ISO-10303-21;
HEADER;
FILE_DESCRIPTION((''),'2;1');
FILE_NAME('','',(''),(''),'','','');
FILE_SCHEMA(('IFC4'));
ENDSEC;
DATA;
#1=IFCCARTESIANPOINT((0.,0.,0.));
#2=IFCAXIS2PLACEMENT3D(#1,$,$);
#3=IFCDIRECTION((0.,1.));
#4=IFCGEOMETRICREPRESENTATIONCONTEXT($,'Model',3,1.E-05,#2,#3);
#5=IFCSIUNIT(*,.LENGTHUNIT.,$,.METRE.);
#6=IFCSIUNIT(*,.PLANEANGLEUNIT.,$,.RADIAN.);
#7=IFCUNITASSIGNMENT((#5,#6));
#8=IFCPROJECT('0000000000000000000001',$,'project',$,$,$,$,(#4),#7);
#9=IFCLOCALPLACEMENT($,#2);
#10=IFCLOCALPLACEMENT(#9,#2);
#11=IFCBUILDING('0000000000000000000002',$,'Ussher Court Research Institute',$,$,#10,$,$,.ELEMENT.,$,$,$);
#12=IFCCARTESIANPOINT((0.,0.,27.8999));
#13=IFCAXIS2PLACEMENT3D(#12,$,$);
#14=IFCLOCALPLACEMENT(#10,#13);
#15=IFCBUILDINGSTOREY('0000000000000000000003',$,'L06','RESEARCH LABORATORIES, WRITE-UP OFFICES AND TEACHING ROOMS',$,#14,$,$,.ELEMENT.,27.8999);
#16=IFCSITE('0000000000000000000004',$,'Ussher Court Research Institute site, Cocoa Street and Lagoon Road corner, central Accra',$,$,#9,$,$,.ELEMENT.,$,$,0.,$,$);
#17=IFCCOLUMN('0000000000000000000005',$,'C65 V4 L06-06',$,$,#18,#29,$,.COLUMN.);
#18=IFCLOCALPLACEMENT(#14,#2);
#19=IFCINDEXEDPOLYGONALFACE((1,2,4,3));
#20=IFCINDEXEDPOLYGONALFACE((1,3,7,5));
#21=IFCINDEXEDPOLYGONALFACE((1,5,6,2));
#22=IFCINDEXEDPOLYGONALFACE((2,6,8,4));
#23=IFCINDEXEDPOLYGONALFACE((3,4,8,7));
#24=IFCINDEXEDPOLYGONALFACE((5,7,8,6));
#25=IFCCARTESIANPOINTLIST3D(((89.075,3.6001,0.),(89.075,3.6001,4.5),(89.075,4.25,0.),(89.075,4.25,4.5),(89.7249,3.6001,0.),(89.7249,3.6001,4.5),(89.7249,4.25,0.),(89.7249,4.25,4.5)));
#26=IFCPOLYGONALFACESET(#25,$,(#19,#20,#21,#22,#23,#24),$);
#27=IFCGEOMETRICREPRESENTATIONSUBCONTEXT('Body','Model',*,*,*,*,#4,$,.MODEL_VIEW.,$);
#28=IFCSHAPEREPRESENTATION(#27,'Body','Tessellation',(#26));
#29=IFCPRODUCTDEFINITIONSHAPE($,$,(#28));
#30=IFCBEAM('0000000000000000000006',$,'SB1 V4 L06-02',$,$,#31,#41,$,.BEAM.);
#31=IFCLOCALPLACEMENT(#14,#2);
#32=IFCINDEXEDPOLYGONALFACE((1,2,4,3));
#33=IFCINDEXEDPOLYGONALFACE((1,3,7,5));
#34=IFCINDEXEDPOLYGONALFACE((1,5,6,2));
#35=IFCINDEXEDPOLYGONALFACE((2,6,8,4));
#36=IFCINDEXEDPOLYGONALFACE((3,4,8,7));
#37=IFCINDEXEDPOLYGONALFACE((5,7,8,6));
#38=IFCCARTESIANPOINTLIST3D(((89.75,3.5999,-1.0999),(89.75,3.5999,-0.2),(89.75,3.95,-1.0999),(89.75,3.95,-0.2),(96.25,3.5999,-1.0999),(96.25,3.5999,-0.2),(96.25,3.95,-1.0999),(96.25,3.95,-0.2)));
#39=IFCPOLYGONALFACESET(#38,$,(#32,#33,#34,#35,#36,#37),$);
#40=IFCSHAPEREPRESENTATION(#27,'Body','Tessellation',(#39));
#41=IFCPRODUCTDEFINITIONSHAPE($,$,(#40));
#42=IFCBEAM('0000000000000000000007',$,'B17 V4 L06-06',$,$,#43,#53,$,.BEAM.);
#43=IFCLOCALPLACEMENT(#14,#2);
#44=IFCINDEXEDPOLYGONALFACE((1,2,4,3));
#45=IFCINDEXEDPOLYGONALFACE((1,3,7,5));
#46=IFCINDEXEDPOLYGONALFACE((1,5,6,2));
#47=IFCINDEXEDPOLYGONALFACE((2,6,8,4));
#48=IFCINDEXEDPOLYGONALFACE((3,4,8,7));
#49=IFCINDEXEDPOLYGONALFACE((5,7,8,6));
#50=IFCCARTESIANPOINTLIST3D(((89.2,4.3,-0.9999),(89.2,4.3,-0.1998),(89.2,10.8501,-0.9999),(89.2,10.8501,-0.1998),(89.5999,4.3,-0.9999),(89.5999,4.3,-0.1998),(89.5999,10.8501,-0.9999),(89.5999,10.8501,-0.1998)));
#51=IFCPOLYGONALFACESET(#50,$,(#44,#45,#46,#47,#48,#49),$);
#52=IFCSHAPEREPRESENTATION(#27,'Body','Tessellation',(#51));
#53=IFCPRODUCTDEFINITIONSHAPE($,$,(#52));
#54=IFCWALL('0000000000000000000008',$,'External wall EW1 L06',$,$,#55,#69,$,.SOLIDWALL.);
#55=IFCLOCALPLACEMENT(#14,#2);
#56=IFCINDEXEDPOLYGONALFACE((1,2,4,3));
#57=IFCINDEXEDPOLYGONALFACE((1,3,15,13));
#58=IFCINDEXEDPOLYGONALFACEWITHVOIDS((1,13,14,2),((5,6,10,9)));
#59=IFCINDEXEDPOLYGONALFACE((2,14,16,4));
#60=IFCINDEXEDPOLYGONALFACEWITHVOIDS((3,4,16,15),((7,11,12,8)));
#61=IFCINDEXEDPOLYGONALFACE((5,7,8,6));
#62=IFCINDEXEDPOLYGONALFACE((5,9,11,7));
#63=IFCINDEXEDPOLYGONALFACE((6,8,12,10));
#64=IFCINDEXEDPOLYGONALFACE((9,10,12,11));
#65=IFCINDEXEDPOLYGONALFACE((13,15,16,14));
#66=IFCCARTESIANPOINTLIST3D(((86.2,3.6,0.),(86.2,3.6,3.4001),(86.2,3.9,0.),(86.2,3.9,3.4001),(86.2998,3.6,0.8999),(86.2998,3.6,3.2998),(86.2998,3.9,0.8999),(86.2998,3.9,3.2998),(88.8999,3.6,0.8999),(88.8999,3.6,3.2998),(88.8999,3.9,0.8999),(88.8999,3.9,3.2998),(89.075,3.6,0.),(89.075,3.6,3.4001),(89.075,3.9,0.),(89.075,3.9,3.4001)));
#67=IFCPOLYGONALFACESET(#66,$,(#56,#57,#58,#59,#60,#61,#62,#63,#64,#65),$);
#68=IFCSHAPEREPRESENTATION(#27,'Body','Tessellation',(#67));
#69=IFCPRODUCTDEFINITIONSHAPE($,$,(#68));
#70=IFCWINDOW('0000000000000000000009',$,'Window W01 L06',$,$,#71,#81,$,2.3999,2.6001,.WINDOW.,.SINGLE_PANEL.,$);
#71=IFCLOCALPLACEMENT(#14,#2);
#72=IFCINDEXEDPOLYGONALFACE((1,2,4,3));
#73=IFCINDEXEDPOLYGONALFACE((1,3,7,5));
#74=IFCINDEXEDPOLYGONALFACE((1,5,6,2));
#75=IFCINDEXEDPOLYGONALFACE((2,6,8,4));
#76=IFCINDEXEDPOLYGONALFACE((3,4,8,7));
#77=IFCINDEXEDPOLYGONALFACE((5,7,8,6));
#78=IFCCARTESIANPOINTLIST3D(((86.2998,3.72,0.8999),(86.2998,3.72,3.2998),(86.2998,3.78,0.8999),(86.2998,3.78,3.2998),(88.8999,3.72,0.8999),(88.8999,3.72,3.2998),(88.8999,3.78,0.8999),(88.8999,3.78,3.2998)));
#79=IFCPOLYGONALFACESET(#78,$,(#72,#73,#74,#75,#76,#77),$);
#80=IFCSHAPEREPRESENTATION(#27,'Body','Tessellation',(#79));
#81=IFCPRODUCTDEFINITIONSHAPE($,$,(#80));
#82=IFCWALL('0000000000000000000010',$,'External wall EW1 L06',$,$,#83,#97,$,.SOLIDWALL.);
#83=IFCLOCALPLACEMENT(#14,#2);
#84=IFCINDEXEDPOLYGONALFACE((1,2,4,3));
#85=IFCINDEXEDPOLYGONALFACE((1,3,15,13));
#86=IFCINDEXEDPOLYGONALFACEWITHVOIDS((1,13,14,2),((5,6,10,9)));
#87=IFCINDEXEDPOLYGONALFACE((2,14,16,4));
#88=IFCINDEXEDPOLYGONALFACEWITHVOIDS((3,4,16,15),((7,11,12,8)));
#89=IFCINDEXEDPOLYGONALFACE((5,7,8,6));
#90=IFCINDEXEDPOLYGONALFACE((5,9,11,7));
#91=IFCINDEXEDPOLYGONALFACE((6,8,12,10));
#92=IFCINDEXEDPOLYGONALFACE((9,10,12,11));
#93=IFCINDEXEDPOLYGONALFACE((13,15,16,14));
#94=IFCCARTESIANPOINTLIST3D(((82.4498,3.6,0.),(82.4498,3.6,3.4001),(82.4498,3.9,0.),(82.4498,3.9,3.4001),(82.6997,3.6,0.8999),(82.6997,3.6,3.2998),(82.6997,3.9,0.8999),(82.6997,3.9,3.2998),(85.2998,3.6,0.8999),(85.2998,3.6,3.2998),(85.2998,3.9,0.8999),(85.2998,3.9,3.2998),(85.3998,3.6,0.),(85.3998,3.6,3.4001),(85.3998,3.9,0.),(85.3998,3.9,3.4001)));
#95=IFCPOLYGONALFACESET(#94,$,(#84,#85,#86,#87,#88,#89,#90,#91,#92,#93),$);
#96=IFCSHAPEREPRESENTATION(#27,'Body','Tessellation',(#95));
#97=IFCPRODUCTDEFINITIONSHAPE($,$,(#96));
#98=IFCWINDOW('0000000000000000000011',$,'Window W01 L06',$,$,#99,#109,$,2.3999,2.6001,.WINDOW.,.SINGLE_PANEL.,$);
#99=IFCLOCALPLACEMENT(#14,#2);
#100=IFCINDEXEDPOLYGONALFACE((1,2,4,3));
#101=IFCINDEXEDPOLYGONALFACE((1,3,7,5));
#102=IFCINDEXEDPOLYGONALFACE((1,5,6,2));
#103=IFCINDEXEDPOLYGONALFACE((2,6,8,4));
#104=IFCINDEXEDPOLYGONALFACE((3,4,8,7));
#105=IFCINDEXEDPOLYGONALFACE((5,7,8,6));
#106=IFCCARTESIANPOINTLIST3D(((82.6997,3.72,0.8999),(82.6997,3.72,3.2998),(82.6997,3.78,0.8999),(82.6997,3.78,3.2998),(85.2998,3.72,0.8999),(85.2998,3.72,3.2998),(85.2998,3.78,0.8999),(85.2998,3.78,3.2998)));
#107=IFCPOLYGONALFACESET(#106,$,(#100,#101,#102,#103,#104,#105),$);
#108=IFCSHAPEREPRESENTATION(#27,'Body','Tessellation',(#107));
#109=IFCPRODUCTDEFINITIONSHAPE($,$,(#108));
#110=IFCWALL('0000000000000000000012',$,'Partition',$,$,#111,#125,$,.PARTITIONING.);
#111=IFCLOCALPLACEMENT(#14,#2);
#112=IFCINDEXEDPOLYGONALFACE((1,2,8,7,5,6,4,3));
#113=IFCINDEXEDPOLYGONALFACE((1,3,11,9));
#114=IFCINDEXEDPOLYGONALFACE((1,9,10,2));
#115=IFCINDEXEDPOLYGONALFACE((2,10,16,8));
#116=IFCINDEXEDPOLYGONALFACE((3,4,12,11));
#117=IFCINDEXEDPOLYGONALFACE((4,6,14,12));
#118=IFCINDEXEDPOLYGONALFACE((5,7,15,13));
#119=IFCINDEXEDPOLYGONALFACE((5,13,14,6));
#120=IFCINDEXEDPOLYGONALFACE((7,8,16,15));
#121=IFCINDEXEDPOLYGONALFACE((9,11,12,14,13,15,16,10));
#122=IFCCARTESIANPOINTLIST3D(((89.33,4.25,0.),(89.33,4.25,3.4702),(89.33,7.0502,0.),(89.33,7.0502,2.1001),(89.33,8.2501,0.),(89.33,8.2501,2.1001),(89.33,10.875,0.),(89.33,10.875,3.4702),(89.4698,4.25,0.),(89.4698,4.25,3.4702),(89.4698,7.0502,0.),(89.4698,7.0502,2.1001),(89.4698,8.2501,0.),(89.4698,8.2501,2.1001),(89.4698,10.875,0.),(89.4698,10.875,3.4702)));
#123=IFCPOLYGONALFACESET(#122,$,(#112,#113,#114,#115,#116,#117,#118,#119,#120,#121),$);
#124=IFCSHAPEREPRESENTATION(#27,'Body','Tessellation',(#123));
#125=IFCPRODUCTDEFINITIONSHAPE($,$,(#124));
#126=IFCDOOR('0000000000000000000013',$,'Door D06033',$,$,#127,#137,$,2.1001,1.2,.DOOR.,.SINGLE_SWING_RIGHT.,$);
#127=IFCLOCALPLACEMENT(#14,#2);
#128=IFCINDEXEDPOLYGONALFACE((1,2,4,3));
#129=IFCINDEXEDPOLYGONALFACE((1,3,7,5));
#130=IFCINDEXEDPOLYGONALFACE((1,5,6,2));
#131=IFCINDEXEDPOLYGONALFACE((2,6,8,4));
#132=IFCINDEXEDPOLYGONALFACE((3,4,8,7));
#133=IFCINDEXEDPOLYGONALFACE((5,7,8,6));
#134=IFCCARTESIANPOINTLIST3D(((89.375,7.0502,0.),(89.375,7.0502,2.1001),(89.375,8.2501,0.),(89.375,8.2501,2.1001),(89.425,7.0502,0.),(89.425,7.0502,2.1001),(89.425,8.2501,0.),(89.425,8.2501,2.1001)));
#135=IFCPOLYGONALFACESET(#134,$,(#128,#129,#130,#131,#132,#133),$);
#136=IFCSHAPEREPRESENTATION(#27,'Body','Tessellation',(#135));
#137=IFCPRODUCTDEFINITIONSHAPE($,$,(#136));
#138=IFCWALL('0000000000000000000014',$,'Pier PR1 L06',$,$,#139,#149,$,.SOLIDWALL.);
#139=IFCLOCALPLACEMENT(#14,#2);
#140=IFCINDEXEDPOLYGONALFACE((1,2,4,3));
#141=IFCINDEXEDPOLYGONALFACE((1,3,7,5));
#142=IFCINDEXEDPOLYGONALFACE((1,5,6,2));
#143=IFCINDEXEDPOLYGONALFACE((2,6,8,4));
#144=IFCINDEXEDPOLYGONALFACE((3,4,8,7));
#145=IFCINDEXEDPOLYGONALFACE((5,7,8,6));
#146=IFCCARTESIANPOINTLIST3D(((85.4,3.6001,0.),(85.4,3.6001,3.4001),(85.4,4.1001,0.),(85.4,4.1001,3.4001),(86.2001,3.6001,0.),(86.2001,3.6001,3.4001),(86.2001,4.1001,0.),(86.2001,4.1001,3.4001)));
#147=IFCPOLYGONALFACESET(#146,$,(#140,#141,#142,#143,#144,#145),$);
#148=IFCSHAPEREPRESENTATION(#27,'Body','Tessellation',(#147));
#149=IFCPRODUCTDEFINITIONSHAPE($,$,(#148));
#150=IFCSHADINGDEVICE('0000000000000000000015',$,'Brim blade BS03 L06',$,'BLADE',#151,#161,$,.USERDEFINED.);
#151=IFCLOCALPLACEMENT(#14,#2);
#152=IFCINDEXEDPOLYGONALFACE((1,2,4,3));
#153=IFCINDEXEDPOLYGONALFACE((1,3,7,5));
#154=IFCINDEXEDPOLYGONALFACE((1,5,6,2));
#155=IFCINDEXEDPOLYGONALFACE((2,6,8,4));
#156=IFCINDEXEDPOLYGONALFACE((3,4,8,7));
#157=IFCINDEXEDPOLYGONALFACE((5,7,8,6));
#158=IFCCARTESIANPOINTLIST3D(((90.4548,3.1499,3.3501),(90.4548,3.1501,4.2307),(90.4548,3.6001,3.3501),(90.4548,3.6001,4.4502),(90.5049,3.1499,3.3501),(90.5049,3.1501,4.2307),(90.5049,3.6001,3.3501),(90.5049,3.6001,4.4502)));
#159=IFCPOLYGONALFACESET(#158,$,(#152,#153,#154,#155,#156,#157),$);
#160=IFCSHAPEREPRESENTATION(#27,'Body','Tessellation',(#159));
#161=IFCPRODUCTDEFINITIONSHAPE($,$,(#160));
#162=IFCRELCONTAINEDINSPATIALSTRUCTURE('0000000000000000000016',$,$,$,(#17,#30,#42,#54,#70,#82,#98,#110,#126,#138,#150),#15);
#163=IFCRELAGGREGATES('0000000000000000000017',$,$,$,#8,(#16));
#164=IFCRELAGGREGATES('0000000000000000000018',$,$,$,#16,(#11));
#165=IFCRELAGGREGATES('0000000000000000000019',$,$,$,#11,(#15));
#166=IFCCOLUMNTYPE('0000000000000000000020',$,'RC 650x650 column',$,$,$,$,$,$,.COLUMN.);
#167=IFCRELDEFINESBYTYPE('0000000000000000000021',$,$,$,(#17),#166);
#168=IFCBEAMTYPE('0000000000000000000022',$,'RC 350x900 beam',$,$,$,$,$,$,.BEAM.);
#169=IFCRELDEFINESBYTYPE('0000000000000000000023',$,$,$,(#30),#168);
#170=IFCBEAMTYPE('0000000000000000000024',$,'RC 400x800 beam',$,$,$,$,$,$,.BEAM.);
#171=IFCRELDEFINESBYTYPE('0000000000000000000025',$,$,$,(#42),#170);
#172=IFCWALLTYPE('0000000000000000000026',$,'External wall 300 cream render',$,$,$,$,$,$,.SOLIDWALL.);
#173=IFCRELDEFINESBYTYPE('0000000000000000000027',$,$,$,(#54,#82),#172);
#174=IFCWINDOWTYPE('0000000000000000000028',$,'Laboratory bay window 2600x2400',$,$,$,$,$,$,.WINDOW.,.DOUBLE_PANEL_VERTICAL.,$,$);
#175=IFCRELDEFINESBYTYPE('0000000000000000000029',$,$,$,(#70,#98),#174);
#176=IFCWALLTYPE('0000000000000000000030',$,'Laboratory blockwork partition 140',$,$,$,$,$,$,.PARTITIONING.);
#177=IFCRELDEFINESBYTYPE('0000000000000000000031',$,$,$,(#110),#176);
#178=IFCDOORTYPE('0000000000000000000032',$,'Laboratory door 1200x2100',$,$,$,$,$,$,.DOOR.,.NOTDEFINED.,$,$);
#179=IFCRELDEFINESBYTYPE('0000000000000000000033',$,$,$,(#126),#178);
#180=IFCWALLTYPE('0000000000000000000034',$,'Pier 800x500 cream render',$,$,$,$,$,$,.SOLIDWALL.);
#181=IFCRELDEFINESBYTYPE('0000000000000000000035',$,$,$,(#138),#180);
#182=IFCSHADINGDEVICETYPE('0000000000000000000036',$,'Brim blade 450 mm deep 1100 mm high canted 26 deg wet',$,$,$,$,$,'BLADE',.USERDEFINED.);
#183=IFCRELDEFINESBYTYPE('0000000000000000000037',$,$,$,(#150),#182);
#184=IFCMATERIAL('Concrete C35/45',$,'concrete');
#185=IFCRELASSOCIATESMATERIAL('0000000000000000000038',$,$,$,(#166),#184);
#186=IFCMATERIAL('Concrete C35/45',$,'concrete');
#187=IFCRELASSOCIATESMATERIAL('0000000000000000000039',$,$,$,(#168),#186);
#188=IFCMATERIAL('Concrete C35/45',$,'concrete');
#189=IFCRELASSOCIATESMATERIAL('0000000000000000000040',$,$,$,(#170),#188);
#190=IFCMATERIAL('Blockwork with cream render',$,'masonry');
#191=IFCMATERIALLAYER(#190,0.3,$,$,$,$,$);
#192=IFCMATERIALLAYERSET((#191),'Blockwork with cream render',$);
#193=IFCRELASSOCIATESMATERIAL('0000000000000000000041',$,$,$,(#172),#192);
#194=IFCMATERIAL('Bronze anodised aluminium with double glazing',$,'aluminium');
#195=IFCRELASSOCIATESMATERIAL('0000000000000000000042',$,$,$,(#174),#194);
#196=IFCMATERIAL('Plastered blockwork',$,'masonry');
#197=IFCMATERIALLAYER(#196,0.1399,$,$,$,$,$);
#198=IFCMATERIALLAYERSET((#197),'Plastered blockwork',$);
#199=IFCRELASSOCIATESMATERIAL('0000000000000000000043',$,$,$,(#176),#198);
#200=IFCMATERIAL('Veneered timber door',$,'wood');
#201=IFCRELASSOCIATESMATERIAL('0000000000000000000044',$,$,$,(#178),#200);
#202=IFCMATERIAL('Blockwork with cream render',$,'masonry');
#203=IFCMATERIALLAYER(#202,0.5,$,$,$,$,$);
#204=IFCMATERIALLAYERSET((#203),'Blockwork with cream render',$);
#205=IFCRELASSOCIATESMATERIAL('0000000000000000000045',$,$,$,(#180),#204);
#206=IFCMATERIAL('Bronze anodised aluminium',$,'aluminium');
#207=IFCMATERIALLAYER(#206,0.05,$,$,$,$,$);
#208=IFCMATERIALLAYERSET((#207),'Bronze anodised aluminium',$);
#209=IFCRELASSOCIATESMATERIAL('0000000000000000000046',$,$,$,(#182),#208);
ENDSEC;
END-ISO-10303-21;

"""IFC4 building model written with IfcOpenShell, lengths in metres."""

from ifc_helpers import new_model, si_unit, direction, frame, frame_2d, origin, origin_2d, place, context, subcontext, project, spatial, polyline, rectangle, outline, extrude, material, layer, layer_set, material_profile, profile_set, type_object, element, fill, save


model = new_model("IFC4")

# Units and contexts
model_context = context("Model", 3, precision=1e-05, world=origin(), true_north=direction((0.0, 1.0)))
body_context = subcontext(model_context, "Body", "Model", "MODEL_VIEW")
ifc_project = project(units=[si_unit("LENGTHUNIT", "METRE"), si_unit("PLANEANGLEUNIT", "RADIAN")], contexts=[model_context])

# Site, building, storey
site_placement = place(None, origin())
site = spatial("IfcSite", under=ifc_project, at=site_placement, Name="Ussher Court Research Institute site, Cocoa Street and Lagoon Road corner, central Accra", CompositionType="ELEMENT", RefElevation=0.0)
building_placement = place(site_placement, origin())
building = spatial("IfcBuilding", under=site, at=building_placement, Name="Ussher Court Research Institute", CompositionType="ELEMENT")
storey_placement = place(building_placement, frame((0.0, 0.0, 27.8999)))
storey = spatial("IfcBuildingStorey", under=building, at=storey_placement, Name="L06", Description="RESEARCH LABORATORIES, WRITE-UP OFFICES AND TEACHING ROOMS", CompositionType="ELEMENT", Elevation=27.8999)

# Column
ifc_material_1 = material(Name="Concrete C35/45", Category="concrete")
ifc_material_profile_1 = material_profile(ifc_material_1, rectangle(XDim=0.6499, YDim=0.6499, at=origin_2d()), Name="RC 650x650")
ifc_profile_set_1 = profile_set([ifc_material_profile_1], Name="Concrete C35/45")
column_type = type_object("IfcColumnType", Name="RC 650x650 column", PredefinedType="COLUMN", material=ifc_profile_set_1)
column_placement = place(storey_placement, frame((89.3999, 3.925, 0.0), z_axis=(0.0, 0.0, 1.0), x_axis=(1.0, 0.0, 0.0)))
element("IfcColumn", 1, at=column_placement, inside=storey, type_object=column_type, Name="C65 V4 L06-06", PredefinedType="COLUMN", context=body_context, shape_type="SweptSolid", body=[
    extrude(rectangle(XDim=0.6499, YDim=0.6499, at=origin_2d()), origin(), (0.0, 0.0, 1.0), 4.5),
])

# Beams
ifc_material_2 = material(Name="Concrete C35/45", Category="concrete")
ifc_material_profile_2 = material_profile(ifc_material_2, rectangle(XDim=0.3501, YDim=0.8999, at=origin_2d()), Name="RC 350x900")
ifc_profile_set_2 = profile_set([ifc_material_profile_2], Name="Concrete C35/45")
beam_type_1 = type_object("IfcBeamType", Name="RC 350x900 beam", PredefinedType="BEAM", material=ifc_profile_set_2)
beam_1_placement = place(storey_placement, frame((89.75, 3.7749, -0.6499), z_axis=(1.0, 0.0, 0.0), x_axis=(0.0, 1.0, 0.0)))
element("IfcBeam", 2, at=beam_1_placement, inside=storey, type_object=beam_type_1, Name="SB1 V4 L06-02", PredefinedType="BEAM", context=body_context, shape_type="SweptSolid", body=[
    extrude(rectangle(XDim=0.3501, YDim=0.8999, at=origin_2d()), origin(), (0.0, 0.0, 1.0), 6.5),
])
ifc_material_3 = material(Name="Concrete C35/45", Category="concrete")
ifc_material_profile_3 = material_profile(ifc_material_3, rectangle(XDim=0.3999, YDim=0.8, at=origin_2d()), Name="RC 400x800")
ifc_profile_set_3 = profile_set([ifc_material_profile_3], Name="Concrete C35/45")
beam_type_2 = type_object("IfcBeamType", Name="RC 400x800 beam", PredefinedType="BEAM", material=ifc_profile_set_3)
beam_2_placement = place(storey_placement, frame((89.3999, 4.3, -0.5999), z_axis=(0.0, 1.0, 0.0), x_axis=(-1.0, 0.0, 0.0)))
element("IfcBeam", 3, at=beam_2_placement, inside=storey, type_object=beam_type_2, Name="B17 V4 L06-06", PredefinedType="BEAM", context=body_context, shape_type="SweptSolid", body=[
    extrude(rectangle(XDim=0.3999, YDim=0.8, at=origin_2d()), origin(), (0.0, 0.0, 1.0), 6.55),
])

# Walls, openings, windows
ifc_material_4 = material(Name="Blockwork with cream render", Category="masonry")
ifc_layer_1 = layer(ifc_material_4, 0.3)
ifc_layer_set_1 = layer_set([ifc_layer_1], Name="Blockwork with cream render")
wall_type_1 = type_object("IfcWallType", Name="External wall 300 cream render", PredefinedType="SOLIDWALL", material=ifc_layer_set_1)
wall_1_placement = place(storey_placement, frame((89.075, 3.75, 0.0), z_axis=(0.0, 0.0, 1.0), x_axis=(-1.0, 0.0, 0.0)))
wall_1 = element("IfcWall", 4, at=wall_1_placement, inside=storey, type_object=wall_type_1, Name="External wall EW1 L06", PredefinedType="SOLIDWALL", context=body_context, shape_type="SweptSolid", body=[
    extrude(rectangle(XDim=2.875, YDim=0.3, at=frame_2d((1.4375, 0.0))), origin(), (0.0, 0.0, 1.0), 3.4001),
])
opening_1_placement = place(wall_1_placement, frame((0.175, 0.0, 0.8999)))
opening_1 = element("IfcOpeningElement", 5, at=opening_1_placement, cuts=wall_1, PredefinedType="OPENING", context=body_context, shape_type="SweptSolid", body=[
    extrude(rectangle(XDim=2.6001, YDim=2.3999, at=frame_2d((1.3, 1.2))), frame((0.0, 0.1602, 0.0), z_axis=(0.0, -1.0, 0.0), x_axis=(1.0, 0.0, 0.0)), (0.0, 0.0, 1.0), 0.3201),
])
ifc_material_5 = material(Name="Bronze anodised aluminium with double glazing", Category="aluminium")
window_type = type_object("IfcWindowType", Name="Laboratory bay window 2600x2400", PartitioningType="DOUBLE_PANEL_VERTICAL", PredefinedType="WINDOW", material=ifc_material_5)
window_1_placement = place(opening_1_placement, origin())
window_1 = element("IfcWindow", 6, at=window_1_placement, inside=storey, type_object=window_type, Name="Window W01 L06", OverallHeight=2.3999, OverallWidth=2.6001, PartitioningType="SINGLE_PANEL", PredefinedType="WINDOW", context=body_context, shape_type="SweptSolid", body=[
    extrude(rectangle(XDim=2.6001, YDim=2.3999, at=frame_2d((1.3, 1.2))), frame((0.0, 0.03, 0.0), z_axis=(0.0, -1.0, 0.0), x_axis=(1.0, 0.0, 0.0)), (0.0, 0.0, 1.0), 0.0601),
])
fill(opening_1, window_1)
wall_2_placement = place(storey_placement, frame((85.3999, 3.75, 0.0), z_axis=(0.0, 0.0, 1.0), x_axis=(-1.0, 0.0, 0.0)))
wall_2 = element("IfcWall", 7, at=wall_2_placement, inside=storey, type_object=wall_type_1, Name="External wall EW1 L06", PredefinedType="SOLIDWALL", context=body_context, shape_type="SweptSolid", body=[
    extrude(rectangle(XDim=2.95, YDim=0.3, at=frame_2d((1.4751, 0.0))), origin(), (0.0, 0.0, 1.0), 3.4001),
])
opening_2_placement = place(wall_2_placement, frame((0.1001, 0.0, 0.8999)))
opening_2 = element("IfcOpeningElement", 8, at=opening_2_placement, cuts=wall_2, PredefinedType="OPENING", context=body_context, shape_type="SweptSolid", body=[
    extrude(rectangle(XDim=2.6001, YDim=2.3999, at=frame_2d((1.3, 1.2))), frame((0.0, 0.1602, 0.0), z_axis=(0.0, -1.0, 0.0), x_axis=(1.0, 0.0, 0.0)), (0.0, 0.0, 1.0), 0.3201),
])
window_2_placement = place(opening_2_placement, origin())
window_2 = element("IfcWindow", 9, at=window_2_placement, inside=storey, type_object=window_type, Name="Window W01 L06", OverallHeight=2.3999, OverallWidth=2.6001, PartitioningType="SINGLE_PANEL", PredefinedType="WINDOW", context=body_context, shape_type="SweptSolid", body=[
    extrude(rectangle(XDim=2.6001, YDim=2.3999, at=frame_2d((1.3, 1.2))), frame((0.0, 0.03, 0.0), z_axis=(0.0, -1.0, 0.0), x_axis=(1.0, 0.0, 0.0)), (0.0, 0.0, 1.0), 0.0601),
])
fill(opening_2, window_2)

# Wall, opening, door
ifc_material_6 = material(Name="Plastered blockwork", Category="masonry")
ifc_layer_2 = layer(ifc_material_6, 0.1399)
ifc_layer_set_2 = layer_set([ifc_layer_2], Name="Plastered blockwork")
wall_type_2 = type_object("IfcWallType", Name="Laboratory blockwork partition 140", PredefinedType="PARTITIONING", material=ifc_layer_set_2)
wall_3_placement = place(storey_placement, frame((89.3999, 4.25, 0.0), z_axis=(0.0, 0.0, 1.0), x_axis=(0.0, 1.0, 0.0)))
wall_3 = element("IfcWall", 10, at=wall_3_placement, inside=storey, type_object=wall_type_2, Name="Partition", PredefinedType="PARTITIONING", context=body_context, shape_type="SweptSolid", body=[
    extrude(rectangle(XDim=6.625, YDim=0.1399, at=frame_2d((3.3125, 0.0))), origin(), (0.0, 0.0, 1.0), 3.4702),
])
opening_3_placement = place(wall_3_placement, frame((2.8, 0.0, 0.0)))
opening_3 = element("IfcOpeningElement", 11, at=opening_3_placement, cuts=wall_3, PredefinedType="OPENING", context=body_context, shape_type="SweptSolid", body=[
    extrude(rectangle(XDim=1.2, YDim=2.1001, at=frame_2d((0.6001, 1.05))), frame((0.0, 0.0801, 0.0), z_axis=(0.0, -1.0, 0.0), x_axis=(1.0, 0.0, 0.0)), (0.0, 0.0, 1.0), 0.1599),
])
ifc_material_7 = material(Name="Veneered timber door", Category="wood")
door_type = type_object("IfcDoorType", Name="Laboratory door 1200x2100", OperationType="NOTDEFINED", PredefinedType="DOOR", material=ifc_material_7)
door_placement = place(opening_3_placement, origin())
door = element("IfcDoor", 12, at=door_placement, inside=storey, type_object=door_type, Name="Door D06033", OperationType="SINGLE_SWING_RIGHT", OverallHeight=2.1001, OverallWidth=1.2, PredefinedType="DOOR", context=body_context, shape_type="SweptSolid", body=[
    extrude(rectangle(XDim=1.2, YDim=2.1001, at=frame_2d((0.6001, 1.05))), frame((0.0, 0.0249, 0.0), z_axis=(0.0, -1.0, 0.0), x_axis=(1.0, 0.0, 0.0)), (0.0, 0.0, 1.0), 0.05),
])
fill(opening_3, door)

# Wall
ifc_material_8 = material(Name="Blockwork with cream render", Category="masonry")
ifc_layer_3 = layer(ifc_material_8, 0.5)
ifc_layer_set_3 = layer_set([ifc_layer_3], Name="Blockwork with cream render")
wall_type_3 = type_object("IfcWallType", Name="Pier 800x500 cream render", PredefinedType="SOLIDWALL", material=ifc_layer_set_3)
wall_4_placement = place(storey_placement, frame((86.2, 3.8501, 0.0), z_axis=(0.0, 0.0, 1.0), x_axis=(-1.0, 0.0, 0.0)))
element("IfcWall", 13, at=wall_4_placement, inside=storey, type_object=wall_type_3, Name="Pier PR1 L06", PredefinedType="SOLIDWALL", context=body_context, shape_type="SweptSolid", body=[
    extrude(rectangle(XDim=0.8, YDim=0.5, at=frame_2d((0.3999, 0.0))), origin(), (0.0, 0.0, 1.0), 3.4001),
])

# Shading device
ifc_material_9 = material(Name="Bronze anodised aluminium", Category="aluminium")
ifc_layer_4 = layer(ifc_material_9, 0.05)
ifc_layer_set_4 = layer_set([ifc_layer_4], Name="Bronze anodised aluminium")
shading_device_type_1 = type_object("IfcShadingDeviceType", Name="Brim blade 450 mm deep 1100 mm high canted 26 deg wet", ElementType="BLADE", PredefinedType="USERDEFINED", material=ifc_layer_set_4)
for number, where, z_axis, x_axis, name in (
    (14, (90.48, 3.6001, 3.3501), (0.0, 0.0, 1.0), (0.0, -1.0, 0.0), "Brim blade BS03 L06"),
):
    element("IfcShadingDevice", number, at=place(storey_placement, frame(where, z_axis=z_axis, x_axis=x_axis)), inside=storey, type_object=shading_device_type_1, Name=name, ObjectType="BLADE", PredefinedType="USERDEFINED", context=body_context, shape_type="SweptSolid", body=[
        extrude(outline(polyline([(0.0, 0.0), (0.4502, 0.0), (0.45, 0.8806), (0.0, 1.1001), (0.0, 0.0)])), frame((0.0, 0.0249, 0.0), z_axis=(0.0, -1.0, 0.0), x_axis=(1.0, 0.0, 0.0)), (0.0, 0.0, 1.0), 0.05),
    ])

save(model, "model.ifc")
